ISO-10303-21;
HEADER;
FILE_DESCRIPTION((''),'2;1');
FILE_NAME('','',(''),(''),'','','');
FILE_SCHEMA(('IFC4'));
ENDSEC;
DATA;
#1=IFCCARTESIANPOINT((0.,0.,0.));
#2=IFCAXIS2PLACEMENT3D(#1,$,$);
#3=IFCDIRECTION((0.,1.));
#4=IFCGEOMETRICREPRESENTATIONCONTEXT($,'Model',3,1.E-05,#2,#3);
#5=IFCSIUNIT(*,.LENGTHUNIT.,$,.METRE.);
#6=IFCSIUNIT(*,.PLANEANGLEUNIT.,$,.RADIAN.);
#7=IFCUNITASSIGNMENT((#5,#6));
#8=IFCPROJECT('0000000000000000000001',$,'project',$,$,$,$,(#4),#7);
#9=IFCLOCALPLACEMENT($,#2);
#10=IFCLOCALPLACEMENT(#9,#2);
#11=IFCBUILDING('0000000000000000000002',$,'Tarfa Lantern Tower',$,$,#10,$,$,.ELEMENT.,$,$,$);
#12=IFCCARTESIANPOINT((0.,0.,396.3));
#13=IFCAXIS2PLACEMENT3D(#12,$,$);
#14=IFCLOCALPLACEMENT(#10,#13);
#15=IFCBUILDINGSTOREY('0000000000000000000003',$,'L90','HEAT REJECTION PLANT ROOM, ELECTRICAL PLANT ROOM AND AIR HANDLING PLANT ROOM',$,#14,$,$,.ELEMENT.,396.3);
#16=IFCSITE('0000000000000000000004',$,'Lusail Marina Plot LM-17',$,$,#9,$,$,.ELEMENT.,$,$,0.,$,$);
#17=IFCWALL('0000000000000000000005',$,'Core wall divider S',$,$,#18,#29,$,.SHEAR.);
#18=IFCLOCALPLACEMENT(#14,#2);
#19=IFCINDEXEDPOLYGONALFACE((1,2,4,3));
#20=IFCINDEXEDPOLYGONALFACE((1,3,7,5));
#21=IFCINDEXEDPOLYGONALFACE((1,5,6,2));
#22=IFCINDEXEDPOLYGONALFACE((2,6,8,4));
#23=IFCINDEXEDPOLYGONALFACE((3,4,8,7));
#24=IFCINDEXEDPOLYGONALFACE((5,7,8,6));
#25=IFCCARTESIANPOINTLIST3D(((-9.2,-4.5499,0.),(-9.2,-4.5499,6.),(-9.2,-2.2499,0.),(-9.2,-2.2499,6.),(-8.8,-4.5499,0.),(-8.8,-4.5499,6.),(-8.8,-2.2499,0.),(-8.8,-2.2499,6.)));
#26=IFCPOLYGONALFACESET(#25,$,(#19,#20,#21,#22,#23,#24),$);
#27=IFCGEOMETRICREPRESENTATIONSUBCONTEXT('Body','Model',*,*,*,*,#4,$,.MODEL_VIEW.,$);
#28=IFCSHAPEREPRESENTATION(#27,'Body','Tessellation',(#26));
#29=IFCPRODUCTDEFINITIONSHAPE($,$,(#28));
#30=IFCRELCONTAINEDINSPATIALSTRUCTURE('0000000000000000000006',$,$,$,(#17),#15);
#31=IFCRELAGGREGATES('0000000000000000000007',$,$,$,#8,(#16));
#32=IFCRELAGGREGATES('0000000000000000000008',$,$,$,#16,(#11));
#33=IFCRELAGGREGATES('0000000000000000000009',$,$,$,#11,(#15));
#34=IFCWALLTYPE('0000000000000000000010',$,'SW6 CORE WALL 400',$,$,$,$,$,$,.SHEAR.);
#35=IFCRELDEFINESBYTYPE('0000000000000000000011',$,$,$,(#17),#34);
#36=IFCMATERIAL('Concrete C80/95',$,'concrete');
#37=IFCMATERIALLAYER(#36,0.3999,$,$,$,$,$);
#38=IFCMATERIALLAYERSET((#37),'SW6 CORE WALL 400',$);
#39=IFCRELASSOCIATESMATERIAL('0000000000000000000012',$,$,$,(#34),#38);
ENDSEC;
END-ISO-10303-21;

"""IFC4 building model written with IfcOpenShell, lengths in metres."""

from ifc_helpers import new_model, si_unit, direction, frame, frame_2d, origin, place, context, subcontext, project, spatial, rectangle, extrude, material, layer, layer_set, type_object, element, save


model = new_model("IFC4")

# Units and contexts
model_context = context("Model", 3, precision=1e-05, world=origin(), true_north=direction((0.0, 1.0)))
body_context = subcontext(model_context, "Body", "Model", "MODEL_VIEW")
ifc_project = project(units=[si_unit("LENGTHUNIT", "METRE"), si_unit("PLANEANGLEUNIT", "RADIAN")], contexts=[model_context])

# Site, building, storey
site_placement = place(None, origin())
site = spatial("IfcSite", under=ifc_project, at=site_placement, Name="Lusail Marina Plot LM-17", CompositionType="ELEMENT", RefElevation=0.0)
building_placement = place(site_placement, origin())
building = spatial("IfcBuilding", under=site, at=building_placement, Name="Tarfa Lantern Tower", CompositionType="ELEMENT")
storey_placement = place(building_placement, frame((0.0, 0.0, 396.3)))
storey = spatial("IfcBuildingStorey", under=building, at=storey_placement, Name="L90", Description="HEAT REJECTION PLANT ROOM, ELECTRICAL PLANT ROOM AND AIR HANDLING PLANT ROOM", CompositionType="ELEMENT", Elevation=396.3)

# Shared definitions
ifc_material_1 = material(Name="Concrete C80/95", Category="concrete")

# Wall
ifc_layer_1 = layer(ifc_material_1, 0.3999)
ifc_layer_set_1 = layer_set([ifc_layer_1], Name="SW6 CORE WALL 400")
wall_type_1 = type_object("IfcWallType", Name="SW6 CORE WALL 400", PredefinedType="SHEAR", material=ifc_layer_set_1)
wall_1_placement = place(storey_placement, frame((-9.0, -2.25, 0.0), z_axis=(0.0, 0.0, 1.0), x_axis=(0.0, -1.0, 0.0)))
element("IfcWall", 1, at=wall_1_placement, inside=storey, type_object=wall_type_1, Name="Core wall divider S", PredefinedType="SHEAR", context=body_context, shape_type="SweptSolid", body=[
    extrude(rectangle(XDim=2.3, YDim=0.3999, at=frame_2d((1.1499, 0.0))), origin(), (0.0, 0.0, 1.0), 6.0),
])

save(model, "model.ifc")
